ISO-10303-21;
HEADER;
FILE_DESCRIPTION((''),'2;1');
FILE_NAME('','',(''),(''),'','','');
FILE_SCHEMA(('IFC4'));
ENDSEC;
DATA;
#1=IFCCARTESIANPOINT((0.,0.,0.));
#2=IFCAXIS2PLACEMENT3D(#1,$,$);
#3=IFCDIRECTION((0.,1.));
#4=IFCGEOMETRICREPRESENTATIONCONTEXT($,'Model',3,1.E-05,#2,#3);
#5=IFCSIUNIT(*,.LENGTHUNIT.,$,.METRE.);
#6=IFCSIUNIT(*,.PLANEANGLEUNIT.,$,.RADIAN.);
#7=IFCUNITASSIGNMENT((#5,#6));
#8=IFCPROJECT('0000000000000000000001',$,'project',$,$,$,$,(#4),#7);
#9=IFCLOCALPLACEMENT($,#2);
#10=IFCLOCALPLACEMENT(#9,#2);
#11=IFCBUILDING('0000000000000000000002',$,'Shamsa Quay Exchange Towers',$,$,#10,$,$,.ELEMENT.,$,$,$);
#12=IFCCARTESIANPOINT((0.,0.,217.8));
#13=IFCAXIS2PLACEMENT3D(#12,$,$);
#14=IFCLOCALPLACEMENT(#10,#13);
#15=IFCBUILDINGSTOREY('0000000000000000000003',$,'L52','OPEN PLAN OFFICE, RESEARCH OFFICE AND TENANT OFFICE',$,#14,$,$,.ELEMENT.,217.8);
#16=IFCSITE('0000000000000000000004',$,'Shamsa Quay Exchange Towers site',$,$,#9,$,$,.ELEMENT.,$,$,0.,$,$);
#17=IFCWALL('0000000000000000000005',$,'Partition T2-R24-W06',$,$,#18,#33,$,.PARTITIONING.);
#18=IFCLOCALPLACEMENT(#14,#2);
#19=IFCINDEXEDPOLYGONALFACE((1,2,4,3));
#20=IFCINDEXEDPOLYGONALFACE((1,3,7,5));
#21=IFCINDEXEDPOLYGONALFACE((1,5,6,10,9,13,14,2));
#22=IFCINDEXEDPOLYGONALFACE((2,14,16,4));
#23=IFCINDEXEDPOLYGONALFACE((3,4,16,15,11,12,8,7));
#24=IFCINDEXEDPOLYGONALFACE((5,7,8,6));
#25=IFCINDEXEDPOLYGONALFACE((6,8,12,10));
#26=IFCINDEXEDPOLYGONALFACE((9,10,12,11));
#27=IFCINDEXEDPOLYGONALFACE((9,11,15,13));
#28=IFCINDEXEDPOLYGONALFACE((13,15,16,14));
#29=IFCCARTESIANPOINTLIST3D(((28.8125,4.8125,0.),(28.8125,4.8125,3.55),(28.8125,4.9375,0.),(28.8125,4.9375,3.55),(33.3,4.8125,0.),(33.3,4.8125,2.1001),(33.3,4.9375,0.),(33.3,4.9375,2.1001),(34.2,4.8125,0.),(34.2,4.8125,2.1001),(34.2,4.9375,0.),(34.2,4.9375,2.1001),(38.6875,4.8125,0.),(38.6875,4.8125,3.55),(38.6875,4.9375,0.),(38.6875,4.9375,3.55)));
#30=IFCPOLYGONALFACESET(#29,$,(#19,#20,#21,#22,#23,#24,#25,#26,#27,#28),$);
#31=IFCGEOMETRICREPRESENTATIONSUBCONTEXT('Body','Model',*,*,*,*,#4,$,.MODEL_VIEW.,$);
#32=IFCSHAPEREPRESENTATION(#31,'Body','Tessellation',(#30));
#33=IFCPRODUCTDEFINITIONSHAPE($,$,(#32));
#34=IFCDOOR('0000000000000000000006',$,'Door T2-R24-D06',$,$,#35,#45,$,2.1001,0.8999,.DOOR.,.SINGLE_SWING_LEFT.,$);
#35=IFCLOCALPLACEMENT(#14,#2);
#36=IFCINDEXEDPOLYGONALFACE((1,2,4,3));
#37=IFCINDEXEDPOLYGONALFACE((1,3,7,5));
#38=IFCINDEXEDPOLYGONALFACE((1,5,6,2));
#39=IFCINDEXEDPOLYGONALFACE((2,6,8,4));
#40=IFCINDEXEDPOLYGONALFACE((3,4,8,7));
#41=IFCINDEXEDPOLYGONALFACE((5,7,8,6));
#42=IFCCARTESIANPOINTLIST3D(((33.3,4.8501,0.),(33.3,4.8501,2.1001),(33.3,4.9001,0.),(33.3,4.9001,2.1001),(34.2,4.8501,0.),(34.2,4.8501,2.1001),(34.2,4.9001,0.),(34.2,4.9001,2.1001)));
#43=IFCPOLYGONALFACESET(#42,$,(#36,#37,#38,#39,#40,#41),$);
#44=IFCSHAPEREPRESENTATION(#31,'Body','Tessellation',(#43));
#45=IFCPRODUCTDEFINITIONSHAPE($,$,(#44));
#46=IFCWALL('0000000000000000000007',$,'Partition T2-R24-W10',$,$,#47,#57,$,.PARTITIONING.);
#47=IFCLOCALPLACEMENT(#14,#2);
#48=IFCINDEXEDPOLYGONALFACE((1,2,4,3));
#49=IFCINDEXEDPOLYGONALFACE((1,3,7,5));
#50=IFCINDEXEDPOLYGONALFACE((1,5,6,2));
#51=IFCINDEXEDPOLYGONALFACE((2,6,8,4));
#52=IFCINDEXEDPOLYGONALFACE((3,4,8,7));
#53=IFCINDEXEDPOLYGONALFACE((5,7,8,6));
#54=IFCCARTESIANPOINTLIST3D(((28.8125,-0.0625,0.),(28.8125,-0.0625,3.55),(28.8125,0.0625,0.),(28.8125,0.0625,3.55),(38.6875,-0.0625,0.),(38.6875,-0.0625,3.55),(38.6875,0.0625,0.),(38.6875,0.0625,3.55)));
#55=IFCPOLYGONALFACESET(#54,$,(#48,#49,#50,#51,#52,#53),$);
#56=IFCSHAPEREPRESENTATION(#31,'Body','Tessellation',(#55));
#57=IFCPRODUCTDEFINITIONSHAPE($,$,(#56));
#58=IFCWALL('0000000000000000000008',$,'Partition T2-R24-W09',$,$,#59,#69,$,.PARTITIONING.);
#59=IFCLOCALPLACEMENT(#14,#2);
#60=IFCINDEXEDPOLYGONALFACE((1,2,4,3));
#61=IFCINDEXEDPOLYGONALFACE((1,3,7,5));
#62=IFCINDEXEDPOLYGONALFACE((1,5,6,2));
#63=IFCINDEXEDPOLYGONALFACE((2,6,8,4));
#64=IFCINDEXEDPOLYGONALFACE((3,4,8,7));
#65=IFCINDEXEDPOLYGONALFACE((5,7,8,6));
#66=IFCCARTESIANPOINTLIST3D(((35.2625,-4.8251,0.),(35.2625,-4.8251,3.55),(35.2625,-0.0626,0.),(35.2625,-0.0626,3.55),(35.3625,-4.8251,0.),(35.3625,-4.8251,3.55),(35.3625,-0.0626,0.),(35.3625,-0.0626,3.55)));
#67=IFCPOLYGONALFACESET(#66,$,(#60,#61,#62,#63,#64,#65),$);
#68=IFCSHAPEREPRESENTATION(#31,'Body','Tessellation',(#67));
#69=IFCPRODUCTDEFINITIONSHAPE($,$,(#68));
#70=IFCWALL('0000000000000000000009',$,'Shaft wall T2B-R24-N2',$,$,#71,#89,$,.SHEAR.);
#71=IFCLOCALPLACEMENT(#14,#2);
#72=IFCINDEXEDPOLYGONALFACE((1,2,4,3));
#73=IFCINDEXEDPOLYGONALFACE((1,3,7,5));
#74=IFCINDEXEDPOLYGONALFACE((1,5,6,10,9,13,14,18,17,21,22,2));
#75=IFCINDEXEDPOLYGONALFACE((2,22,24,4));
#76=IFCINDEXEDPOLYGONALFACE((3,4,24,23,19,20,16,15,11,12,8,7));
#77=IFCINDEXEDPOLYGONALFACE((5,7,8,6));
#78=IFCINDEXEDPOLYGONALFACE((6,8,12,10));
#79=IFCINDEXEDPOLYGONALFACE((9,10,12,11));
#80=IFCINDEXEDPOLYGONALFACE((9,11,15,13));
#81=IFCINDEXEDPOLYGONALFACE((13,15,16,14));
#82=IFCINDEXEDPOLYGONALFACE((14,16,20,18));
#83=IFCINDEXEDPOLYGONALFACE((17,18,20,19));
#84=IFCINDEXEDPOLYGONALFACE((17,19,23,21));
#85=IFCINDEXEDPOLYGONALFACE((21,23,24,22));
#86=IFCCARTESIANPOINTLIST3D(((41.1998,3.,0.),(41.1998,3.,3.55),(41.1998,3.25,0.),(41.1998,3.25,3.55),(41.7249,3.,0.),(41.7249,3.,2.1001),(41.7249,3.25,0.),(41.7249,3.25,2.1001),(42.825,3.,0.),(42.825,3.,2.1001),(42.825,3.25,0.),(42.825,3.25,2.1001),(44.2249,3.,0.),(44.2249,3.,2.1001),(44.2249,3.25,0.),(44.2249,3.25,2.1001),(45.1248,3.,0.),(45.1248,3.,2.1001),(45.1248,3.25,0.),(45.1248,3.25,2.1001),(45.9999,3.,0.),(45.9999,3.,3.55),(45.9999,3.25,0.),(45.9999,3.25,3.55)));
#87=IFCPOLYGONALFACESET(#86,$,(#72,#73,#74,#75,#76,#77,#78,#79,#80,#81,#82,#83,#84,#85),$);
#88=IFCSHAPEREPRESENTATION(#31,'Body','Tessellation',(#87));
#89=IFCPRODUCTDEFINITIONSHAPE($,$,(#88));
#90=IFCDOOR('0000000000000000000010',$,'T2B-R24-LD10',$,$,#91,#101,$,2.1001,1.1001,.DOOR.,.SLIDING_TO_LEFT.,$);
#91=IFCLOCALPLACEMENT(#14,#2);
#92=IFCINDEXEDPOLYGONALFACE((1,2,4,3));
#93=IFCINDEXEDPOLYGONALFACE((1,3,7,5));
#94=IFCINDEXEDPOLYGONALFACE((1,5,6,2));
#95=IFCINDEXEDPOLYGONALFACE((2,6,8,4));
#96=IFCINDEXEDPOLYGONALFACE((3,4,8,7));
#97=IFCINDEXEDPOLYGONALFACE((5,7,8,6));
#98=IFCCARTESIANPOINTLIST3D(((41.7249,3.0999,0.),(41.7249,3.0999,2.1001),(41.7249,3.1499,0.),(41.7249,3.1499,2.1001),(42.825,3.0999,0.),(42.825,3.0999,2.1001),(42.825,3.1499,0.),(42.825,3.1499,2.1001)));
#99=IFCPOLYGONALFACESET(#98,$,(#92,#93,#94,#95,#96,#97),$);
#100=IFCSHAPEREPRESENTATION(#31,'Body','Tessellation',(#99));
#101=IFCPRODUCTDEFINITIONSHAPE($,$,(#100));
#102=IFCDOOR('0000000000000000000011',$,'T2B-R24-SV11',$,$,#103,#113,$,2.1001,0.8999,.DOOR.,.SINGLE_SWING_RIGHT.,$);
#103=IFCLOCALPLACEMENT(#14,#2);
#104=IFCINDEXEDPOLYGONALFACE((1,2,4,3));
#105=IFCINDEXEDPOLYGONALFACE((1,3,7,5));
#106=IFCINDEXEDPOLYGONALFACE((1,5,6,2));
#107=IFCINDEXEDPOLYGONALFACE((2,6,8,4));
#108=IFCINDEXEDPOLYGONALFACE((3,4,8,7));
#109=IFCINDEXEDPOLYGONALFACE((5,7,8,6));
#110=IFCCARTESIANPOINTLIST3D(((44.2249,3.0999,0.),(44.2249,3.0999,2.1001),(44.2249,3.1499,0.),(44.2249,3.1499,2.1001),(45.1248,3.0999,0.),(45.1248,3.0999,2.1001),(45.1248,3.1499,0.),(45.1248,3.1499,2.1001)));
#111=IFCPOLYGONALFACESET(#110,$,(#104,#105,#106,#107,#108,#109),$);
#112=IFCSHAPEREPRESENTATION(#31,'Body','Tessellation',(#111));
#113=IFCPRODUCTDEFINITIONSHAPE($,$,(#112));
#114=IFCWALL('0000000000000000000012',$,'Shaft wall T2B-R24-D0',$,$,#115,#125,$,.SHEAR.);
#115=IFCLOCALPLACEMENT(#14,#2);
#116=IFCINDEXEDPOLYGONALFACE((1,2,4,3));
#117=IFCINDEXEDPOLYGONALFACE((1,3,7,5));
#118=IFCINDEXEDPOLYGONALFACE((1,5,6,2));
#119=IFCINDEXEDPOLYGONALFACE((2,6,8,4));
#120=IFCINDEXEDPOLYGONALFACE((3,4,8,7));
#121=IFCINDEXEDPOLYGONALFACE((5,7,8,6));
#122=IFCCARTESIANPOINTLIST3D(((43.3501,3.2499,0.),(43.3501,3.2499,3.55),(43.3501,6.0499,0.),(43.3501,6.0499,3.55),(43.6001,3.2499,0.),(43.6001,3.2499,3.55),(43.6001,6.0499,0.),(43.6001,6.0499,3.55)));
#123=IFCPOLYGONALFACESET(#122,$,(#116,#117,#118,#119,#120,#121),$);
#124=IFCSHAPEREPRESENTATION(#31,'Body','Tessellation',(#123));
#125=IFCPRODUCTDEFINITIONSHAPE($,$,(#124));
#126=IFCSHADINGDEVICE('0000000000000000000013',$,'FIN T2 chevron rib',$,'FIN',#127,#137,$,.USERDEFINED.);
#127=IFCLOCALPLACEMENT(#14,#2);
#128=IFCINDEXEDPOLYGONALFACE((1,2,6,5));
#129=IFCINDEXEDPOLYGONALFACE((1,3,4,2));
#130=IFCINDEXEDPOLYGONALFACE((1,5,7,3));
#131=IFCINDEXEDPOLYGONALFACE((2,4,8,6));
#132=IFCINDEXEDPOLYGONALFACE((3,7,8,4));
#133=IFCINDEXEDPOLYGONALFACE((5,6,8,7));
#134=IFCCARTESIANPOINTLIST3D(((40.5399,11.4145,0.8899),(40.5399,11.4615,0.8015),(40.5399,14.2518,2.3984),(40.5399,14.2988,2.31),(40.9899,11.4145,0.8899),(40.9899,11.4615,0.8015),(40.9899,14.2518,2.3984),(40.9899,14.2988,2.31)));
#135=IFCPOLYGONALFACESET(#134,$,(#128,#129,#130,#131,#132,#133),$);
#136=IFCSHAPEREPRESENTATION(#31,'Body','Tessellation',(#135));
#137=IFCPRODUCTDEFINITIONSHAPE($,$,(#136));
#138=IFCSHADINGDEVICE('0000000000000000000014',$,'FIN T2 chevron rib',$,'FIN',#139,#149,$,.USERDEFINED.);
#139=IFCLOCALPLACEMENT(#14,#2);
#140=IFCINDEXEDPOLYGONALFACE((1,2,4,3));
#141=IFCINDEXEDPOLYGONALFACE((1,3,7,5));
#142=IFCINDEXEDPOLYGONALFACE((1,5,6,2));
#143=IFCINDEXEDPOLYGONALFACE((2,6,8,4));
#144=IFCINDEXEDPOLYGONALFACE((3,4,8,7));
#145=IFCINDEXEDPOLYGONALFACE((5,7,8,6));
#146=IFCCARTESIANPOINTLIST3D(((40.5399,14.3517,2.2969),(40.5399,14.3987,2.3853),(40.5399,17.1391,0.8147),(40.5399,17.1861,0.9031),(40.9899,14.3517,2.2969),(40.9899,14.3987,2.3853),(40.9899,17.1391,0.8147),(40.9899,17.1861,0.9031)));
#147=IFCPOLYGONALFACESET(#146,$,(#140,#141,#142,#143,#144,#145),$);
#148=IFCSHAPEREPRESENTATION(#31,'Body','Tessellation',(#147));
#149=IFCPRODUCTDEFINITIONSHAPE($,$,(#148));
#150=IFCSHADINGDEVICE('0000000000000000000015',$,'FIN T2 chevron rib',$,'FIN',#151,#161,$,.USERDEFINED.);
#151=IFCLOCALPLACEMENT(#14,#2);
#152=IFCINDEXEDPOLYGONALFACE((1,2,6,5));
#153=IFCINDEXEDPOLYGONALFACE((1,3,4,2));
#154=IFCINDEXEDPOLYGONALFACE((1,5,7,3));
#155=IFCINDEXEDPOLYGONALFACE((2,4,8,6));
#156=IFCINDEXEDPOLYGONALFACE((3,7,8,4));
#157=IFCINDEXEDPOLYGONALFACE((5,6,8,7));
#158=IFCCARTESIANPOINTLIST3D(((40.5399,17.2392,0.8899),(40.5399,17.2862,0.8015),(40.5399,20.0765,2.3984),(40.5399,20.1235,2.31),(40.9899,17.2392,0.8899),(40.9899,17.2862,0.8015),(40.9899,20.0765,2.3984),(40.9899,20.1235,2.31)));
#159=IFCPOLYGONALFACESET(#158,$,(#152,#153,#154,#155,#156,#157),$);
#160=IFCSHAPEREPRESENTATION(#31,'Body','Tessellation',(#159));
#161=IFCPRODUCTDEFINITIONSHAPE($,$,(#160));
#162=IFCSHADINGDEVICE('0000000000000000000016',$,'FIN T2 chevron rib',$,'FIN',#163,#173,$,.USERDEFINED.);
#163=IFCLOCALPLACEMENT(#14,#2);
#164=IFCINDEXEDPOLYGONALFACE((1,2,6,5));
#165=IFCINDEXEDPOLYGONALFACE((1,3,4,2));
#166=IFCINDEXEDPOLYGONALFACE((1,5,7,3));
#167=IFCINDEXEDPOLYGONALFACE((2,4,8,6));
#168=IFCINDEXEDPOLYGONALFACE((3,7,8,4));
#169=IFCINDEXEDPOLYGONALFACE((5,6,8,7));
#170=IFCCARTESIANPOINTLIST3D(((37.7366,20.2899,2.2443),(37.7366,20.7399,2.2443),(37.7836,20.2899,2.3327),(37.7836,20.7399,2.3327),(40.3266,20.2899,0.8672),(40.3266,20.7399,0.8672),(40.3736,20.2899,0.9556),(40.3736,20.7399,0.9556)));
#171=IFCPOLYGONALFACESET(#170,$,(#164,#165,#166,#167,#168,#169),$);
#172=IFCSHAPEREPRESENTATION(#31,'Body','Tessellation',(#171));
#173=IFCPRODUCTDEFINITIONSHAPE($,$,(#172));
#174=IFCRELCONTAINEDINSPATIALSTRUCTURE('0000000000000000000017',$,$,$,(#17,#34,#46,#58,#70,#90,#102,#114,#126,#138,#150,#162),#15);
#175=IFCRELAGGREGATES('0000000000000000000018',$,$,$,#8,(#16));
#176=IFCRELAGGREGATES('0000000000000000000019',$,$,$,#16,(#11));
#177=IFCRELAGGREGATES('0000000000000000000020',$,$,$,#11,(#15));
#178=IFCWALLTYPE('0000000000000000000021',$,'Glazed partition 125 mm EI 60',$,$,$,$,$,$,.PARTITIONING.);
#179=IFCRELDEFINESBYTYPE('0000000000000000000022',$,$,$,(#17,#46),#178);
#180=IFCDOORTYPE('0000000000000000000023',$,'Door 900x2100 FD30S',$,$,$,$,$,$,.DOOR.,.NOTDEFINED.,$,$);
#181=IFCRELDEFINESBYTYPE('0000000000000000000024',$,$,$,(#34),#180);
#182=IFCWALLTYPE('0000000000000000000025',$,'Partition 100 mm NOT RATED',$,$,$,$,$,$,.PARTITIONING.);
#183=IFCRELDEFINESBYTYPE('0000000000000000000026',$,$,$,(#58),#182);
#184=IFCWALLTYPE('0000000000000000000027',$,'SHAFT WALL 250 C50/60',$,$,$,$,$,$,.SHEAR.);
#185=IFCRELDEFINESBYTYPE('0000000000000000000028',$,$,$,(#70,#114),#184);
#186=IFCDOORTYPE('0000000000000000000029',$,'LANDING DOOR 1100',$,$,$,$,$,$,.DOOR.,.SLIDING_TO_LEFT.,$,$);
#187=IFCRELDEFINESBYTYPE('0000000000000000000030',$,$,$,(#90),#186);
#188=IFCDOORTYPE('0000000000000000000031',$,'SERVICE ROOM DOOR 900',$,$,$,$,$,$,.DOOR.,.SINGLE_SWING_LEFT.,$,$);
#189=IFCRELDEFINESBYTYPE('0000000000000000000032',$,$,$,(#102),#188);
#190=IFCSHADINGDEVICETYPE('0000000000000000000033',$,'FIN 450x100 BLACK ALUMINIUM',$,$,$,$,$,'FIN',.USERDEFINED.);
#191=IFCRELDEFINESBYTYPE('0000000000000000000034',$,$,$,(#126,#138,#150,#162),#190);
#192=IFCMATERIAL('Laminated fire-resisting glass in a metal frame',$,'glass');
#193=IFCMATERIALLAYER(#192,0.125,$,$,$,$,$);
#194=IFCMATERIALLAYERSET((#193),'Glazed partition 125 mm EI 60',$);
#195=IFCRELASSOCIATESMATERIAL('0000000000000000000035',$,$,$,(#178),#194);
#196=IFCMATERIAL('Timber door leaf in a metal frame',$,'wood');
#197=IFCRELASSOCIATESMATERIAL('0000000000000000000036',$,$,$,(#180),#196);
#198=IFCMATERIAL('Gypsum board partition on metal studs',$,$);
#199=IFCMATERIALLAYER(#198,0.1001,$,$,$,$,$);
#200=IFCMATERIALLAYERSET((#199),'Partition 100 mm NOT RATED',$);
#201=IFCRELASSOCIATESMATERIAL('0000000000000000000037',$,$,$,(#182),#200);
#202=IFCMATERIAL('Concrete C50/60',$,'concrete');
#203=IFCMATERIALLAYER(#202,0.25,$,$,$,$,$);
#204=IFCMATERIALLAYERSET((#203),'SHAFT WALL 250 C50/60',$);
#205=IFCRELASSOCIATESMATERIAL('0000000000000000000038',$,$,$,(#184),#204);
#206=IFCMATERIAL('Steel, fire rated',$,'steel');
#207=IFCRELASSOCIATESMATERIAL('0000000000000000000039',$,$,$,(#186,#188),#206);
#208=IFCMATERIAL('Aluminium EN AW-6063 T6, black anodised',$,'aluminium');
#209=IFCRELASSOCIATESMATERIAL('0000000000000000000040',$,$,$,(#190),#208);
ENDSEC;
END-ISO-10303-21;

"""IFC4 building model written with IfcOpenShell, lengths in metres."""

from ifc_helpers import new_model, si_unit, direction, frame, frame_2d, origin, origin_2d, place, context, subcontext, project, spatial, rectangle, extrude, material, layer, layer_set, material_profile, profile_set, type_object, element, fill, save


model = new_model("IFC4")

# Units and contexts
model_context = context("Model", 3, precision=1e-05, world=origin(), true_north=direction((0.0, 1.0)))
body_context = subcontext(model_context, "Body", "Model", "MODEL_VIEW")
ifc_project = project(units=[si_unit("LENGTHUNIT", "METRE"), si_unit("PLANEANGLEUNIT", "RADIAN")], contexts=[model_context])

# Site, building, storey
site_placement = place(None, origin())
site = spatial("IfcSite", under=ifc_project, at=site_placement, Name="Shamsa Quay Exchange Towers site", CompositionType="ELEMENT", RefElevation=0.0)
building_placement = place(site_placement, origin())
building = spatial("IfcBuilding", under=site, at=building_placement, Name="Shamsa Quay Exchange Towers", CompositionType="ELEMENT")
storey_placement = place(building_placement, frame((0.0, 0.0, 217.8)))
storey = spatial("IfcBuildingStorey", under=building, at=storey_placement, Name="L52", Description="OPEN PLAN OFFICE, RESEARCH OFFICE AND TENANT OFFICE", CompositionType="ELEMENT", Elevation=217.8)

# Shared definitions
ifc_material_1 = material(Name="Aluminium EN AW-6063 T6, black anodised", Category="aluminium")

# Shared definitions
ifc_material_2 = material(Name="Laminated fire-resisting glass in a metal frame", Category="glass")
ifc_layer_1 = layer(ifc_material_2, 0.125)
ifc_layer_set_1 = layer_set([ifc_layer_1], Name="Glazed partition 125 mm EI 60")
wall_type_1 = type_object("IfcWallType", Name="Glazed partition 125 mm EI 60", PredefinedType="PARTITIONING", material=ifc_layer_set_1)

# Wall, opening, door
wall_1_placement = place(storey_placement, frame((38.6875, 4.875, 0.0), z_axis=(0.0, 0.0, 1.0), x_axis=(-1.0, 0.0, 0.0)))
wall_1 = element("IfcWall", 1, at=wall_1_placement, inside=storey, type_object=wall_type_1, Name="Partition T2-R24-W06", PredefinedType="PARTITIONING", context=body_context, shape_type="SweptSolid", body=[
    extrude(rectangle(XDim=9.875, YDim=0.125, at=frame_2d((4.9375, 0.0))), origin(), (0.0, 0.0, 1.0), 3.55),
])
opening_1_placement = place(wall_1_placement, frame((4.4875, 0.0, 0.0)))
opening_1 = element("IfcOpeningElement", 2, at=opening_1_placement, cuts=wall_1, PredefinedType="OPENING", context=body_context, shape_type="SweptSolid", body=[
    extrude(rectangle(XDim=0.8999, YDim=2.1001, at=frame_2d((0.45, 1.05))), frame((0.0, 0.0725, 0.0), z_axis=(0.0, -1.0, 0.0), x_axis=(1.0, 0.0, 0.0)), (0.0, 0.0, 1.0), 0.145),
])
ifc_material_3 = material(Name="Timber door leaf in a metal frame", Category="wood")
door_type_1 = type_object("IfcDoorType", Name="Door 900x2100 FD30S", OperationType="NOTDEFINED", PredefinedType="DOOR", material=ifc_material_3)
door_1_placement = place(opening_1_placement, origin())
door_1 = element("IfcDoor", 3, at=door_1_placement, inside=storey, type_object=door_type_1, Name="Door T2-R24-D06", OperationType="SINGLE_SWING_LEFT", OverallHeight=2.1001, OverallWidth=0.8999, PredefinedType="DOOR", context=body_context, shape_type="SweptSolid", body=[
    extrude(rectangle(XDim=0.8999, YDim=2.1001, at=frame_2d((0.45, 1.05))), frame((0.0, 0.0249, 0.0), z_axis=(0.0, -1.0, 0.0), x_axis=(1.0, 0.0, 0.0)), (0.0, 0.0, 1.0), 0.05),
])
fill(opening_1, door_1)

# Walls
wall_2_placement = place(storey_placement, frame((38.6875, 0.0, 0.0), z_axis=(0.0, 0.0, 1.0), x_axis=(-1.0, 0.0, 0.0)))
element("IfcWall", 4, at=wall_2_placement, inside=storey, type_object=wall_type_1, Name="Partition T2-R24-W10", PredefinedType="PARTITIONING", context=body_context, shape_type="SweptSolid", body=[
    extrude(rectangle(XDim=9.875, YDim=0.125, at=frame_2d((4.9375, 0.0))), origin(), (0.0, 0.0, 1.0), 3.55),
])
ifc_material_4 = material(Name="Gypsum board partition on metal studs")
ifc_layer_2 = layer(ifc_material_4, 0.1001)
ifc_layer_set_2 = layer_set([ifc_layer_2], Name="Partition 100 mm NOT RATED")
wall_type_2 = type_object("IfcWallType", Name="Partition 100 mm NOT RATED", PredefinedType="PARTITIONING", material=ifc_layer_set_2)
wall_3_placement = place(storey_placement, frame((35.3125, -0.0625, 0.0), z_axis=(0.0, 0.0, 1.0), x_axis=(0.0, -1.0, 0.0)))
element("IfcWall", 5, at=wall_3_placement, inside=storey, type_object=wall_type_2, Name="Partition T2-R24-W09", PredefinedType="PARTITIONING", context=body_context, shape_type="SweptSolid", body=[
    extrude(rectangle(XDim=4.7625, YDim=0.1001, at=frame_2d((2.3813, 0.0))), origin(), (0.0, 0.0, 1.0), 3.55),
])

# Wall, openings, doors
ifc_material_5 = material(Name="Concrete C50/60", Category="concrete")
ifc_layer_3 = layer(ifc_material_5, 0.25)
ifc_layer_set_3 = layer_set([ifc_layer_3], Name="SHAFT WALL 250 C50/60")
wall_type_3 = type_object("IfcWallType", Name="SHAFT WALL 250 C50/60", PredefinedType="SHEAR", material=ifc_layer_set_3)
wall_4_placement = place(storey_placement, frame((41.2, 3.125, 0.0)))
wall_4 = element("IfcWall", 6, at=wall_4_placement, inside=storey, type_object=wall_type_3, Name="Shaft wall T2B-R24-N2", PredefinedType="SHEAR", context=body_context, shape_type="SweptSolid", body=[
    extrude(rectangle(XDim=4.8, YDim=0.25, at=frame_2d((2.3999, 0.0))), origin(), (0.0, 0.0, 1.0), 3.55),
])
opening_2_placement = place(wall_4_placement, frame((0.5249, 0.0, 0.0)))
opening_2 = element("IfcOpeningElement", 7, at=opening_2_placement, cuts=wall_4, PredefinedType="OPENING", context=body_context, shape_type="SweptSolid", body=[
    extrude(rectangle(XDim=1.1001, YDim=2.1001, at=frame_2d((0.55, 1.05))), frame((0.0, 0.135, 0.0), z_axis=(0.0, -1.0, 0.0), x_axis=(1.0, 0.0, 0.0)), (0.0, 0.0, 1.0), 0.27),
])
opening_3_placement = place(wall_4_placement, frame((3.0249, 0.0, 0.0)))
opening_3 = element("IfcOpeningElement", 8, at=opening_3_placement, cuts=wall_4, PredefinedType="OPENING", context=body_context, shape_type="SweptSolid", body=[
    extrude(rectangle(XDim=0.8999, YDim=2.1001, at=frame_2d((0.45, 1.05))), frame((0.0, 0.135, 0.0), z_axis=(0.0, -1.0, 0.0), x_axis=(1.0, 0.0, 0.0)), (0.0, 0.0, 1.0), 0.27),
])
ifc_material_6 = material(Name="Steel, fire rated", Category="steel")
door_type_2 = type_object("IfcDoorType", Name="LANDING DOOR 1100", OperationType="SLIDING_TO_LEFT", PredefinedType="DOOR", material=ifc_material_6)
door_2_placement = place(opening_2_placement, origin())
door_2 = element("IfcDoor", 9, at=door_2_placement, inside=storey, type_object=door_type_2, Name="T2B-R24-LD10", OperationType="SLIDING_TO_LEFT", OverallHeight=2.1001, OverallWidth=1.1001, PredefinedType="DOOR", context=body_context, shape_type="SweptSolid", body=[
    extrude(rectangle(XDim=1.1001, YDim=2.1001, at=frame_2d((0.55, 1.05))), frame((0.0, 0.0249, 0.0), z_axis=(0.0, -1.0, 0.0), x_axis=(1.0, 0.0, 0.0)), (0.0, 0.0, 1.0), 0.05),
])
fill(opening_2, door_2)
door_type_3 = type_object("IfcDoorType", Name="SERVICE ROOM DOOR 900", OperationType="SINGLE_SWING_LEFT", PredefinedType="DOOR", material=ifc_material_6)
door_3_placement = place(opening_3_placement, origin())
door_3 = element("IfcDoor", 10, at=door_3_placement, inside=storey, type_object=door_type_3, Name="T2B-R24-SV11", OperationType="SINGLE_SWING_RIGHT", OverallHeight=2.1001, OverallWidth=0.8999, PredefinedType="DOOR", context=body_context, shape_type="SweptSolid", body=[
    extrude(rectangle(XDim=0.8999, YDim=2.1001, at=frame_2d((0.45, 1.05))), frame((0.0, 0.0249, 0.0), z_axis=(0.0, -1.0, 0.0), x_axis=(1.0, 0.0, 0.0)), (0.0, 0.0, 1.0), 0.05),
])
fill(opening_3, door_3)

# Wall
wall_5_placement = place(storey_placement, frame((43.4751, 3.25, 0.0), z_axis=(0.0, 0.0, 1.0), x_axis=(0.0, 1.0, 0.0)))
element("IfcWall", 11, at=wall_5_placement, inside=storey, type_object=wall_type_3, Name="Shaft wall T2B-R24-D0", PredefinedType="SHEAR", context=body_context, shape_type="SweptSolid", body=[
    extrude(rectangle(XDim=2.8, YDim=0.25, at=frame_2d((1.3999, 0.0))), origin(), (0.0, 0.0, 1.0), 3.55),
])

# Shading devices
ifc_material_profile_1 = material_profile(ifc_material_1, rectangle(XDim=0.45, YDim=0.1001, at=origin_2d()), Name="FIN450x100")
ifc_profile_set_1 = profile_set([ifc_material_profile_1], Name="Aluminium EN AW-6063 T6, black anodised")
shading_device_type = type_object("IfcShadingDeviceType", Name="FIN 450x100 BLACK ALUMINIUM", ElementType="FIN", PredefinedType="USERDEFINED", material=ifc_profile_set_1)
shading_device_1_placement = place(storey_placement, frame((40.7649, 11.438, 0.8457), z_axis=(0.0, 0.882964, 0.46944), x_axis=(-1.0, 0.0, 0.0)))
element("IfcShadingDevice", 12, at=shading_device_1_placement, inside=storey, type_object=shading_device_type, Name="FIN T2 chevron rib", ObjectType="FIN", PredefinedType="USERDEFINED", context=body_context, shape_type="SweptSolid", body=[
    extrude(rectangle(XDim=0.45, YDim=0.1001, at=origin_2d()), origin(), (0.0, 0.0, 1.0), 3.2134),
])
shading_device_2_placement = place(storey_placement, frame((40.7649, 14.3752, 2.3411), z_axis=(0.0, 0.882932, -0.4695), x_axis=(-1.0, 0.0, 0.0)))
element("IfcShadingDevice", 13, at=shading_device_2_placement, inside=storey, type_object=shading_device_type, Name="FIN T2 chevron rib", ObjectType="FIN", PredefinedType="USERDEFINED", context=body_context, shape_type="SweptSolid", body=[
    extrude(rectangle(XDim=0.45, YDim=0.1001, at=origin_2d()), origin(), (0.0, 0.0, 1.0), 3.157),
])
shading_device_3_placement = place(storey_placement, frame((40.7649, 17.2627, 0.8457), z_axis=(0.0, 0.882964, 0.46944), x_axis=(-1.0, 0.0, 0.0)))
element("IfcShadingDevice", 14, at=shading_device_3_placement, inside=storey, type_object=shading_device_type, Name="FIN T2 chevron rib", ObjectType="FIN", PredefinedType="USERDEFINED", context=body_context, shape_type="SweptSolid", body=[
    extrude(rectangle(XDim=0.45, YDim=0.1001, at=origin_2d()), origin(), (0.0, 0.0, 1.0), 3.2134),
])
shading_device_4_placement = place(storey_placement, frame((40.3501, 20.5149, 0.9114), z_axis=(-0.882944, 0.0, 0.469478), x_axis=(0.0, -1.0, 0.0)))
element("IfcShadingDevice", 15, at=shading_device_4_placement, inside=storey, type_object=shading_device_type, Name="FIN T2 chevron rib", ObjectType="FIN", PredefinedType="USERDEFINED", context=body_context, shape_type="SweptSolid", body=[
    extrude(rectangle(XDim=0.45, YDim=0.1001, at=origin_2d()), origin(), (0.0, 0.0, 1.0), 2.9333),
])

save(model, "model.ifc")
